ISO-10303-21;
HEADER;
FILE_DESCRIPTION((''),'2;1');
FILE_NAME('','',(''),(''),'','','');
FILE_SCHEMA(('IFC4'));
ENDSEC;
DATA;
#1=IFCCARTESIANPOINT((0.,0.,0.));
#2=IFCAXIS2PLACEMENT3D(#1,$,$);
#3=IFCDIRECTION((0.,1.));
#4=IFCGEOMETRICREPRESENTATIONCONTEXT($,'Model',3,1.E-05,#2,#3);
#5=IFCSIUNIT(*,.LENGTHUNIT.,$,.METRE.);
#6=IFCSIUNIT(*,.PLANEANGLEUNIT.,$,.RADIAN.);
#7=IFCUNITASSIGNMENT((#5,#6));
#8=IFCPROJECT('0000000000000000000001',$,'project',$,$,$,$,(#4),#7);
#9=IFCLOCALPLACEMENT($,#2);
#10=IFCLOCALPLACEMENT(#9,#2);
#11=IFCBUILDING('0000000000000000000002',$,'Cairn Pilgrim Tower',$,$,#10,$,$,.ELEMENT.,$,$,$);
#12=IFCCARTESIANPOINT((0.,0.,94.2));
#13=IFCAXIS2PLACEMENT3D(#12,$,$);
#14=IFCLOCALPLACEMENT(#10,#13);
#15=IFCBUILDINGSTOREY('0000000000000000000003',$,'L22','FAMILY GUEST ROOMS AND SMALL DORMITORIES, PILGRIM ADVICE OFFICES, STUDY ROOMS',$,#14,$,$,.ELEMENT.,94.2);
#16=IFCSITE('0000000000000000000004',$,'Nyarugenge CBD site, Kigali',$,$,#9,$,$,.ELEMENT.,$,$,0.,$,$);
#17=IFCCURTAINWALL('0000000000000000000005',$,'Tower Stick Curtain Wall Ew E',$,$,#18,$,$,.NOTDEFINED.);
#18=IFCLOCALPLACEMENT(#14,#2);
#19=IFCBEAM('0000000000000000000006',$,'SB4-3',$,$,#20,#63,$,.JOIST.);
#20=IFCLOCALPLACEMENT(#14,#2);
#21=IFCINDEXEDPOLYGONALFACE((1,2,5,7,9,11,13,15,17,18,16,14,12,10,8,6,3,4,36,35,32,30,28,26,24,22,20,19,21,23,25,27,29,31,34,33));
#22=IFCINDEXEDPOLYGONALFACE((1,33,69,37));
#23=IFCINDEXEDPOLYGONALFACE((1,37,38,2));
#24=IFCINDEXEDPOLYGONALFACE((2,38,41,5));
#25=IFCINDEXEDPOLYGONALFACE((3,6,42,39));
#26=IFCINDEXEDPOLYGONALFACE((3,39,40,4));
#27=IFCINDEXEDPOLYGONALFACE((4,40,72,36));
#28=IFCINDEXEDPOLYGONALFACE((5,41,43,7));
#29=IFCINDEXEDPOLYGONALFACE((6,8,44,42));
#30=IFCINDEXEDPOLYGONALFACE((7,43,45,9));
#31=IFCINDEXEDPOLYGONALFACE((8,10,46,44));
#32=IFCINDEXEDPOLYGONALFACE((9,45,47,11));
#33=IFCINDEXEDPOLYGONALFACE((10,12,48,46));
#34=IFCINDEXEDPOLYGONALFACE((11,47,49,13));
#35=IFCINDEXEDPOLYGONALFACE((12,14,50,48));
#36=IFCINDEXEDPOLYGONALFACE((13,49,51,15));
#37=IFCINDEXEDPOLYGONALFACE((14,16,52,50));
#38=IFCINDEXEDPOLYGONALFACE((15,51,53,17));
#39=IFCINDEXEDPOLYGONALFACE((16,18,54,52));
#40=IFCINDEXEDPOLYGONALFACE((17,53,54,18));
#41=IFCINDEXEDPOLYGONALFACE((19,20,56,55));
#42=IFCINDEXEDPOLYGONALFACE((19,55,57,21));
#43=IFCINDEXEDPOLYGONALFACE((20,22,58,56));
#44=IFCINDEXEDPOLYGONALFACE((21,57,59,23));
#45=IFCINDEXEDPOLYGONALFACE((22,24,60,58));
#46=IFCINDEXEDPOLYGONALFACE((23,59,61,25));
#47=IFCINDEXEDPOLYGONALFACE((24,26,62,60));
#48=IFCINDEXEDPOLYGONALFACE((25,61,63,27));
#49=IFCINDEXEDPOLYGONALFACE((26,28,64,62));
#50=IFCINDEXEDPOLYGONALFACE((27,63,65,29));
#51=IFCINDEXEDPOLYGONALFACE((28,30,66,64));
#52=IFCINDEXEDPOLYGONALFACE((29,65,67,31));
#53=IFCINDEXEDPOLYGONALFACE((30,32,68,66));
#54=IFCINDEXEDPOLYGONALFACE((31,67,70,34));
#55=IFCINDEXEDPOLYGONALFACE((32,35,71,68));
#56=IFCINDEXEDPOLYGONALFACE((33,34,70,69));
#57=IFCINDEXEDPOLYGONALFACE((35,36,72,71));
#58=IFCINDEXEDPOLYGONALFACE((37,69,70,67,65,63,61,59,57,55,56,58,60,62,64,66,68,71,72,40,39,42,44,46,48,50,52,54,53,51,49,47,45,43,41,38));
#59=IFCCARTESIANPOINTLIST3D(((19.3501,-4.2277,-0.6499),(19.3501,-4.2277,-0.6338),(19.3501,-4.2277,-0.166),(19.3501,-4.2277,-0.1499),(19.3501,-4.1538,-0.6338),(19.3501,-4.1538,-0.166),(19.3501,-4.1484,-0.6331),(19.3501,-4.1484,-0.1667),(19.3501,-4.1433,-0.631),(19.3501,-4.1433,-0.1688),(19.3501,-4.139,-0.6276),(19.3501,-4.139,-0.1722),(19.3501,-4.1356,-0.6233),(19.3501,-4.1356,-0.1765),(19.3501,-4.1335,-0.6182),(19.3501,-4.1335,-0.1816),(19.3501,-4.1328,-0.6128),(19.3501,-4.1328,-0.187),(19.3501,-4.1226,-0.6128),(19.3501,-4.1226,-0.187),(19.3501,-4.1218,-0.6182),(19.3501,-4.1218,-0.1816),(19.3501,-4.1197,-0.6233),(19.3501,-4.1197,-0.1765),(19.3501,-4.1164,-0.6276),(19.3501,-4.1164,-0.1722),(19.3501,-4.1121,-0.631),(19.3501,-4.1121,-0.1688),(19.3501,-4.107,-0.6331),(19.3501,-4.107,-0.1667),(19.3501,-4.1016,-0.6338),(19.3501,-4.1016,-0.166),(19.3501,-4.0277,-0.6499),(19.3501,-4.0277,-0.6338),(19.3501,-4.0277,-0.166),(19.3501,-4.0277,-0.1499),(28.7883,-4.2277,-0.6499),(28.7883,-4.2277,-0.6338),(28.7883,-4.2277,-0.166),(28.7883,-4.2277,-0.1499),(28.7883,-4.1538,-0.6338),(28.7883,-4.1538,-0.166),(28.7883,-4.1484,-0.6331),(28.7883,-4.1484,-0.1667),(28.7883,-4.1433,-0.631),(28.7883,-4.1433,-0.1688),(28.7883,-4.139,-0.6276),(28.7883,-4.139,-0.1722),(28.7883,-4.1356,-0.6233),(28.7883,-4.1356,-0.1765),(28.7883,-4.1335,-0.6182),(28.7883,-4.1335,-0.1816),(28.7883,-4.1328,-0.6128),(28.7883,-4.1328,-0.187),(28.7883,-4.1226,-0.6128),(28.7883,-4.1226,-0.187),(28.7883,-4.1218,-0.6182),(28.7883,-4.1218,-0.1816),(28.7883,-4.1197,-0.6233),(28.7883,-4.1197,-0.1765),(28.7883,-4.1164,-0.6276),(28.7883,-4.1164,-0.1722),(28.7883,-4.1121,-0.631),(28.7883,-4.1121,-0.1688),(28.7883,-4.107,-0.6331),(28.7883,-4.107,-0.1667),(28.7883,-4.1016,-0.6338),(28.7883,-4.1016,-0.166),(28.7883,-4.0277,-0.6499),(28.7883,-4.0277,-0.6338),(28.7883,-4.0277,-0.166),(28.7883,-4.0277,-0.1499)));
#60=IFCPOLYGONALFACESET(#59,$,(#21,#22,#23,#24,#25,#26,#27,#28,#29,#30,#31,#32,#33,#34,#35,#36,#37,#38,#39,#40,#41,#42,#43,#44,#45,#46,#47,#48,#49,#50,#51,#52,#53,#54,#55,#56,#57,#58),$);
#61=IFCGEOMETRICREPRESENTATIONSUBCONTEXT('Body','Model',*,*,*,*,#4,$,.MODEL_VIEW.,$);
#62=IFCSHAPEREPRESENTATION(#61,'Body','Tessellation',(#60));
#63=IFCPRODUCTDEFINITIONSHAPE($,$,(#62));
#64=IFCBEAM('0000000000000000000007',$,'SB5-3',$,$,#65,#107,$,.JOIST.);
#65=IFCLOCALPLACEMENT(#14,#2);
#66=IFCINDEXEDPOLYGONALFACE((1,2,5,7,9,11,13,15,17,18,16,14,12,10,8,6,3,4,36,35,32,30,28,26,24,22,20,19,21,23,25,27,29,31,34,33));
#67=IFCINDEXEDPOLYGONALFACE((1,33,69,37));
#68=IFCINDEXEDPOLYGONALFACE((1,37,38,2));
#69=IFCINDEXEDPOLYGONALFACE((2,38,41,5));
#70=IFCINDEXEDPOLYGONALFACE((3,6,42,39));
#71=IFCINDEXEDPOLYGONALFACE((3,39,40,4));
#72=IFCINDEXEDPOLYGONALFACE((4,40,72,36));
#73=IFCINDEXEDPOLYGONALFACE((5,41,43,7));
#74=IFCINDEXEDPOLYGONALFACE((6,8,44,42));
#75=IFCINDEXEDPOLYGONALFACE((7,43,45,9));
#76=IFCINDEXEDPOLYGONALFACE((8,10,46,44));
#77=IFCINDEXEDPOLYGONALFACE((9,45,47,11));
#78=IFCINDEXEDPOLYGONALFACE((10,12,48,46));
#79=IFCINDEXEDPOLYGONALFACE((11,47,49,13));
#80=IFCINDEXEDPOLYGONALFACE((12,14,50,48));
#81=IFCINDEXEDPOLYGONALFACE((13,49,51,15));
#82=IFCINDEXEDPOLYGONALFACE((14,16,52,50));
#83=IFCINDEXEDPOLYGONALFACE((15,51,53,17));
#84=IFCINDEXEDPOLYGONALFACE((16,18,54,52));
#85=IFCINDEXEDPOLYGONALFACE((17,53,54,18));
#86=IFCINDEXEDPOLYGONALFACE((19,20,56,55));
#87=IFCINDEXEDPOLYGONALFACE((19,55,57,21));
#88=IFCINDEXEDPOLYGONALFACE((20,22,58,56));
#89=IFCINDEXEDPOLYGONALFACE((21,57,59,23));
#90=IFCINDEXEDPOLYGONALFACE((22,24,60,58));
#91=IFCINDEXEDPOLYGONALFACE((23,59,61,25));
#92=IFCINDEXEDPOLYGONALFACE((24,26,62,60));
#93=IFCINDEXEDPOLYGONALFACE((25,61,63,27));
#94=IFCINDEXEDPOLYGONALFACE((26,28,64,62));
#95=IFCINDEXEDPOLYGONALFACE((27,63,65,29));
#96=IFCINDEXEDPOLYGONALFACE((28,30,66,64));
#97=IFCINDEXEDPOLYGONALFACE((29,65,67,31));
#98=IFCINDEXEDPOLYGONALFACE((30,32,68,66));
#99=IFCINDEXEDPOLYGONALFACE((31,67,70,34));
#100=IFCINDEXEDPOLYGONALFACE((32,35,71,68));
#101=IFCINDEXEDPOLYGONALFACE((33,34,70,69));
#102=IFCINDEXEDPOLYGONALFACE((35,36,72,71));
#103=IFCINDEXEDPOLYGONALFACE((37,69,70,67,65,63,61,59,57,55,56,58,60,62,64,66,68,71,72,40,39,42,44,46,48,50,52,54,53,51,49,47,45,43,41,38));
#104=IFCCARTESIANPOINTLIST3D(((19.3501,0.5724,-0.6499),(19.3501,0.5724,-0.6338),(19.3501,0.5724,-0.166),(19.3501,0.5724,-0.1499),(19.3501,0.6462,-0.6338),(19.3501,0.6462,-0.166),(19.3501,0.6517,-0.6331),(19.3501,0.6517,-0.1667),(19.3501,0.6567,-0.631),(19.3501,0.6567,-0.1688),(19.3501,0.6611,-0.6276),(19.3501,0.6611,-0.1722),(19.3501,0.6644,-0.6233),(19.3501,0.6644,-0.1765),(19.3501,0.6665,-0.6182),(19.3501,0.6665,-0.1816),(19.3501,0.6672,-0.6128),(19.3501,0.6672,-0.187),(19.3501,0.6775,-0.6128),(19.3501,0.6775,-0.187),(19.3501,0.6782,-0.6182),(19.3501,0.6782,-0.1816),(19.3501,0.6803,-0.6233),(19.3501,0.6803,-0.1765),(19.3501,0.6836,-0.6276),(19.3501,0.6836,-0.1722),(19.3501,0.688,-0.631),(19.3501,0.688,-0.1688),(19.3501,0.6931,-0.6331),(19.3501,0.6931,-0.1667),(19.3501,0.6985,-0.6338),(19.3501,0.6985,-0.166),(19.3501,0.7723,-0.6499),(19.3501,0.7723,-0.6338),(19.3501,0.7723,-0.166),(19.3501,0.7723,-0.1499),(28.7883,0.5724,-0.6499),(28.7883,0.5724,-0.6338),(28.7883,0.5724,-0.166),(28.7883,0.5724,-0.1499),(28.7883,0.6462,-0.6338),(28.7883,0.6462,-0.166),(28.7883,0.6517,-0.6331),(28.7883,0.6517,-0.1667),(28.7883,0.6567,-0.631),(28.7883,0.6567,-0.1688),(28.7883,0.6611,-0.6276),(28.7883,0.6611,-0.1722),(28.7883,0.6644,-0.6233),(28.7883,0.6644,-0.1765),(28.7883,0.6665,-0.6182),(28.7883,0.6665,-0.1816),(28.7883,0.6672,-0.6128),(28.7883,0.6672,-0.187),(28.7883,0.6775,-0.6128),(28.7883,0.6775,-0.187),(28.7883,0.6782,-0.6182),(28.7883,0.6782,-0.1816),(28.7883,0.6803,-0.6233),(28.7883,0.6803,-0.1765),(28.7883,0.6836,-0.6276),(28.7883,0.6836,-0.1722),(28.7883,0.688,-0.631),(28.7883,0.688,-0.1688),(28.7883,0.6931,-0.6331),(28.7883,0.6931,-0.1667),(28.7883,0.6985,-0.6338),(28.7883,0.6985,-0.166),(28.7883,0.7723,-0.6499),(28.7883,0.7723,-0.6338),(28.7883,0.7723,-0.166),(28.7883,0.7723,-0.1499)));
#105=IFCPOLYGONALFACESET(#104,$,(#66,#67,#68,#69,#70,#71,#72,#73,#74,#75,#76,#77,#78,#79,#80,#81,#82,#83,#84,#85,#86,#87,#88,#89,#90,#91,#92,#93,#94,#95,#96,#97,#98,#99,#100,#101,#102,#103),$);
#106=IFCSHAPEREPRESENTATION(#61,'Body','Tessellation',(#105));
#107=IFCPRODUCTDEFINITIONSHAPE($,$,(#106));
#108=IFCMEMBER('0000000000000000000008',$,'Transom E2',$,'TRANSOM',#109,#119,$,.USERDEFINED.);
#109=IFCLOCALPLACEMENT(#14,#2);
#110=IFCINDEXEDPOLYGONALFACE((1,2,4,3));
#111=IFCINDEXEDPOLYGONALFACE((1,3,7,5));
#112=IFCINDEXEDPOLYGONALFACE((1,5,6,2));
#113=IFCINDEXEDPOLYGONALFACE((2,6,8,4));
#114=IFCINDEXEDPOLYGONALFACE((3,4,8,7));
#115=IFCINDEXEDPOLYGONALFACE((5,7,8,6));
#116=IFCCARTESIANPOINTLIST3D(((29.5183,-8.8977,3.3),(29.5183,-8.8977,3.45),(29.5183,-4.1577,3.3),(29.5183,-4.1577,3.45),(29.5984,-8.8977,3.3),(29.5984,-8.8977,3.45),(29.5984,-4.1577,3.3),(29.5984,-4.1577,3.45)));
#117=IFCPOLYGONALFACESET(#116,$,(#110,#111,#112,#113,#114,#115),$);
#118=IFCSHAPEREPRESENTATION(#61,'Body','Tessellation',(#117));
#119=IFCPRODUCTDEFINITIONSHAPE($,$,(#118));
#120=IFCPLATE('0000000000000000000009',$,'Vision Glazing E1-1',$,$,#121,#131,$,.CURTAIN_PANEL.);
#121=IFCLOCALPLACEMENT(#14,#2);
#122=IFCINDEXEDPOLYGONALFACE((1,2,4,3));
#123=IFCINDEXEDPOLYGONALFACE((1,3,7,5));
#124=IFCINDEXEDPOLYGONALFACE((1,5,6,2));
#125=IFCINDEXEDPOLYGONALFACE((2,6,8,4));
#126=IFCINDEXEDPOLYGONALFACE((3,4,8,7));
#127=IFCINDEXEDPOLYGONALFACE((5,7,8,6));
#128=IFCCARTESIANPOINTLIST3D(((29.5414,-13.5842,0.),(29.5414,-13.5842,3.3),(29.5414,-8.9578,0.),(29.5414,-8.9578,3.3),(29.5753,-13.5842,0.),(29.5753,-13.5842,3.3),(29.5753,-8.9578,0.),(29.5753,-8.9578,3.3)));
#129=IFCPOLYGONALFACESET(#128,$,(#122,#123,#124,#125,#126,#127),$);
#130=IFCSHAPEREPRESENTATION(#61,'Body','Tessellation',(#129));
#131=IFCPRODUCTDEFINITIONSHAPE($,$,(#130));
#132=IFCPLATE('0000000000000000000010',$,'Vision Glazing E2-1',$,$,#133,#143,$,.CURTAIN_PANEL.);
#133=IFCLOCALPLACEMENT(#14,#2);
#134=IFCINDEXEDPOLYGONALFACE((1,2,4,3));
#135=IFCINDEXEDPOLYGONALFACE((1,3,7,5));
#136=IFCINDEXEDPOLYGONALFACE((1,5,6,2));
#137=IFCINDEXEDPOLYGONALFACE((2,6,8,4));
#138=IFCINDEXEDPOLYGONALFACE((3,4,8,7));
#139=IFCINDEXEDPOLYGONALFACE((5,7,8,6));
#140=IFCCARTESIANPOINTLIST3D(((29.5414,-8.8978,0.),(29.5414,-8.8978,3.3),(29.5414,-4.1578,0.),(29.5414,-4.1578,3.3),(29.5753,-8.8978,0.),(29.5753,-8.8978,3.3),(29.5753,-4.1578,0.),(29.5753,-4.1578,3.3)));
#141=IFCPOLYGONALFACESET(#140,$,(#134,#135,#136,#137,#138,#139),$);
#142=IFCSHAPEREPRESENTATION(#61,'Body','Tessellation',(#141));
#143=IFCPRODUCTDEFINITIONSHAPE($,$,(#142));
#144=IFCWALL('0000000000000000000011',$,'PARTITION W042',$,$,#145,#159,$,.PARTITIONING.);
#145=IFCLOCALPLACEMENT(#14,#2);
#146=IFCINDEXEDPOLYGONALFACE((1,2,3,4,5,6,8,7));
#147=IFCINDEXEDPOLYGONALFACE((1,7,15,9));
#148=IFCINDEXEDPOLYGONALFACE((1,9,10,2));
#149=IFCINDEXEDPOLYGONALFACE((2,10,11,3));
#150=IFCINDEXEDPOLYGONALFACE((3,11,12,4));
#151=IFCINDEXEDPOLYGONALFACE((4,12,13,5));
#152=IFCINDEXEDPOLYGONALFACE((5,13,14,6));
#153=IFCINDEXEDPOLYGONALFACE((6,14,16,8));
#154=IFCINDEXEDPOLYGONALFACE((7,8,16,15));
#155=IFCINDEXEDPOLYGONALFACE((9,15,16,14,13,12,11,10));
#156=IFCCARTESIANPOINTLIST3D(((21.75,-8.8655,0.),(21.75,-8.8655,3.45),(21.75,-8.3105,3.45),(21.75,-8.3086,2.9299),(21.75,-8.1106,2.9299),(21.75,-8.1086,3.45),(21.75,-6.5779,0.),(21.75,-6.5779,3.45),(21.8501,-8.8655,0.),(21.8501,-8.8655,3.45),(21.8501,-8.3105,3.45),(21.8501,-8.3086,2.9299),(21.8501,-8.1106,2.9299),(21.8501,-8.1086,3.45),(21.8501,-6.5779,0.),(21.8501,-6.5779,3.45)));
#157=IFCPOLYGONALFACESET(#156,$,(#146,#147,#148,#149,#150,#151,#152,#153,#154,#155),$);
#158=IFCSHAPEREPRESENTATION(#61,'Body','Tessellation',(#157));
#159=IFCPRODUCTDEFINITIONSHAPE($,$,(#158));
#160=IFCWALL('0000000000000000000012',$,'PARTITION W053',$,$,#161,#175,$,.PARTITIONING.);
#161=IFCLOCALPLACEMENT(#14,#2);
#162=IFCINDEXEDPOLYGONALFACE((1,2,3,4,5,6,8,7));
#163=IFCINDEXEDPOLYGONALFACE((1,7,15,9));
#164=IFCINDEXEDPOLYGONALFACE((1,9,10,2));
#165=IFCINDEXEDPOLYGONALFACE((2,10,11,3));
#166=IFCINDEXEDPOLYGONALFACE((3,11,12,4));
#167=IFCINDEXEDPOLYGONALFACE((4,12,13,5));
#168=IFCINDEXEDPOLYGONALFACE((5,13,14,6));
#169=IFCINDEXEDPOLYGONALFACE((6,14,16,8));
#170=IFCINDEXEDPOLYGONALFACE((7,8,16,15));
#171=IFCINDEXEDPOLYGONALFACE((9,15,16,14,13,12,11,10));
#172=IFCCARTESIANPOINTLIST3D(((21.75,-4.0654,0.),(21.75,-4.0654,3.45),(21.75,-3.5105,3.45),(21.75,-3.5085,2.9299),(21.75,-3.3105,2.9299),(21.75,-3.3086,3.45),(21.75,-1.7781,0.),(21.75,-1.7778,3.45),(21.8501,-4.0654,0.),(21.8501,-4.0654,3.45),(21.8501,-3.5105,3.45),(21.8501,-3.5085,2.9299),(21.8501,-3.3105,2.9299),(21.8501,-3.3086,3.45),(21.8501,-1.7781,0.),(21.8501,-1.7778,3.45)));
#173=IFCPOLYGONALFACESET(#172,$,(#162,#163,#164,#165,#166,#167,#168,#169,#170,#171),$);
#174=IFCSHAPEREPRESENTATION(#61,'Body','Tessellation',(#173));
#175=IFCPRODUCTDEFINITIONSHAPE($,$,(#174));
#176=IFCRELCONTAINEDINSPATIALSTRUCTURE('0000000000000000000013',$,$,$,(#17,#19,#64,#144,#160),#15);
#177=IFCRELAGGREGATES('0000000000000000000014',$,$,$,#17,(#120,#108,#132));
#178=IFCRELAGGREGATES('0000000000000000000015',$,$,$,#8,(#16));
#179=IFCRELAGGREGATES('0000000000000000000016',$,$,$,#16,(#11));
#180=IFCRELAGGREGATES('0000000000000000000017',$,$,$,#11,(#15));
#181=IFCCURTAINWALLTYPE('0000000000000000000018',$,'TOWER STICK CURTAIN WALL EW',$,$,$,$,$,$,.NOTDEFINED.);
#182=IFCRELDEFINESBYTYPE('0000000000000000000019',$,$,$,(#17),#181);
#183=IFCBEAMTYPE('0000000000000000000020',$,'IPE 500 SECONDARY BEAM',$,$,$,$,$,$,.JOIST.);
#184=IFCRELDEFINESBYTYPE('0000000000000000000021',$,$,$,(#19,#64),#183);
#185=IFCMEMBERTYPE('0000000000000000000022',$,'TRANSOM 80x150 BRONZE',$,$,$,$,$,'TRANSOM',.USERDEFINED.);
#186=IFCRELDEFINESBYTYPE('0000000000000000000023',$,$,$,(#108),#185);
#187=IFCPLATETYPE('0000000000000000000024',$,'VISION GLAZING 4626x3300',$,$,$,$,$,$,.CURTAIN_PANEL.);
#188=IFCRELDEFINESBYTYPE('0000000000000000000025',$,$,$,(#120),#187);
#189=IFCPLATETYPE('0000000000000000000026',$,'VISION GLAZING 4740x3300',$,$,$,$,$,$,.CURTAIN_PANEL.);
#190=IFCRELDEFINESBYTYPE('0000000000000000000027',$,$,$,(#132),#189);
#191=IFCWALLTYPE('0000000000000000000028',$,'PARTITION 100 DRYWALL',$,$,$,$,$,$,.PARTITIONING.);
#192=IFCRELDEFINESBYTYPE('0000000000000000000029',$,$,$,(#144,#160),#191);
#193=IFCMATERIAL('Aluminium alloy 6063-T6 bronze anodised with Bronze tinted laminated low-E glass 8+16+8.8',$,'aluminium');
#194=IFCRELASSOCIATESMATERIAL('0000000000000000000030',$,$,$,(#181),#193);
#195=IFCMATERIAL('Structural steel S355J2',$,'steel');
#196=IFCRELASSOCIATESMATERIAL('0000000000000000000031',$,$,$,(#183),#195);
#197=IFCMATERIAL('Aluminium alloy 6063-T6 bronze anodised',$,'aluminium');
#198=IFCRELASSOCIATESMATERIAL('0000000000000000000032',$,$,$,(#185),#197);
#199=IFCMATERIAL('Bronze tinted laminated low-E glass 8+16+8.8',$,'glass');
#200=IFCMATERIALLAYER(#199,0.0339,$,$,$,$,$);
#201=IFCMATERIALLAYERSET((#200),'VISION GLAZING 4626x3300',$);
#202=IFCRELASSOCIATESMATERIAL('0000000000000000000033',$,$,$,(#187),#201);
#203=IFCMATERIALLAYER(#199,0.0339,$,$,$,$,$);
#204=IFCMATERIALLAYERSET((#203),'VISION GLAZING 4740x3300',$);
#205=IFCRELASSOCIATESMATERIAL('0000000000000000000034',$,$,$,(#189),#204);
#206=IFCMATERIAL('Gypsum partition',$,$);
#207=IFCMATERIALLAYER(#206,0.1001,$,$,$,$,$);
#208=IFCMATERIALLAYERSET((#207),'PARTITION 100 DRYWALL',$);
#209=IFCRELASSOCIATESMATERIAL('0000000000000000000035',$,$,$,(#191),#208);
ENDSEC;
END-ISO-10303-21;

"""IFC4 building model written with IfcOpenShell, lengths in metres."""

from ifc_helpers import new_model, si_unit, direction, frame, origin, origin_2d, place, context, subcontext, project, spatial, polyline, rectangle, i_section, outline, extrude, material, layer, layer_set, material_profile, profile_set, type_object, element, aggregate, save


model = new_model("IFC4")

# Units and contexts
model_context = context("Model", 3, precision=1e-05, world=origin(), true_north=direction((0.0, 1.0)))
body_context = subcontext(model_context, "Body", "Model", "MODEL_VIEW")
ifc_project = project(units=[si_unit("LENGTHUNIT", "METRE"), si_unit("PLANEANGLEUNIT", "RADIAN")], contexts=[model_context])

# Site, building, storey
site_placement = place(None, origin())
site = spatial("IfcSite", under=ifc_project, at=site_placement, Name="Nyarugenge CBD site, Kigali", CompositionType="ELEMENT", RefElevation=0.0)
building_placement = place(site_placement, origin())
building = spatial("IfcBuilding", under=site, at=building_placement, Name="Cairn Pilgrim Tower", CompositionType="ELEMENT")
storey_placement = place(building_placement, frame((0.0, 0.0, 94.2)))
storey = spatial("IfcBuildingStorey", under=building, at=storey_placement, Name="L22", Description="FAMILY GUEST ROOMS AND SMALL DORMITORIES, PILGRIM ADVICE OFFICES, STUDY ROOMS", CompositionType="ELEMENT", Elevation=94.2)

# Curtain wall
ifc_material_1 = material(Name="Aluminium alloy 6063-T6 bronze anodised with Bronze tinted laminated low-E glass 8+16+8.8", Category="aluminium")
curtain_wall_type = type_object("IfcCurtainWallType", Name="TOWER STICK CURTAIN WALL EW", PredefinedType="NOTDEFINED", material=ifc_material_1)
curtain_wall_placement = place(storey_placement, origin())
curtain_wall = element("IfcCurtainWall", 1, at=curtain_wall_placement, inside=storey, type_object=curtain_wall_type, Name="Tower Stick Curtain Wall Ew E", PredefinedType="NOTDEFINED")
ifc_material_2 = material(Name="Aluminium alloy 6063-T6 bronze anodised", Category="aluminium")

# Beams
ifc_material_3 = material(Name="Structural steel S355J2", Category="steel")
ifc_material_profile_1 = material_profile(ifc_material_3, i_section(OverallWidth=0.2, OverallDepth=0.5, WebThickness=0.0103, FlangeThickness=0.0161, FilletRadius=0.021, at=origin_2d()), Name="IPE 500")
ifc_profile_set_1 = profile_set([ifc_material_profile_1], Name="Structural steel S355J2")
beam_type_1 = type_object("IfcBeamType", Name="IPE 500 SECONDARY BEAM", PredefinedType="JOIST", material=ifc_profile_set_1)
for number, where, z_axis, x_axis, name in (
    (2, (19.3501, -4.1277, -0.3999), (1.0, 0.0, 0.0), (0.0, 1.0, 0.0), "SB4-3"),
    (3, (19.3501, 0.6724, -0.3999), (1.0, 0.0, 0.0), (0.0, 1.0, 0.0), "SB5-3"),
):
    element("IfcBeam", number, at=place(storey_placement, frame(where, z_axis=z_axis, x_axis=x_axis)), inside=storey, type_object=beam_type_1, Name=name, PredefinedType="JOIST", context=body_context, shape_type="SweptSolid", body=[
        extrude(i_section(OverallWidth=0.2, OverallDepth=0.5, WebThickness=0.0103, FlangeThickness=0.0161, FilletRadius=0.021, at=origin_2d()), origin(), (0.0, 0.0, 1.0), 9.4382),
    ])

# Member
ifc_material_profile_2 = material_profile(ifc_material_2, rectangle(XDim=0.0801, YDim=0.1499, at=origin_2d()), Name="TRANSOM 80x150 BRONZE")
ifc_profile_set_2 = profile_set([ifc_material_profile_2], Name="Aluminium alloy 6063-T6 bronze anodised")
member_type_1 = type_object("IfcMemberType", Name="TRANSOM 80x150 BRONZE", ElementType="TRANSOM", PredefinedType="USERDEFINED", material=ifc_profile_set_2)
member_1_placement = place(storey_placement, frame((29.5583, -8.8977, 3.375), z_axis=(0.0, 1.0, 0.0), x_axis=(-1.0, 0.0, 0.0)))
member_1 = element("IfcMember", 4, at=member_1_placement, type_object=member_type_1, Name="Transom E2", ObjectType="TRANSOM", PredefinedType="USERDEFINED", context=body_context, shape_type="SweptSolid", body=[
    extrude(rectangle(XDim=0.0801, YDim=0.1499, at=origin_2d()), origin(), (0.0, 0.0, 1.0), 4.74),
])

# Plates
ifc_material_4 = material(Name="Bronze tinted laminated low-E glass 8+16+8.8", Category="glass")
ifc_layer_1 = layer(ifc_material_4, 0.0339)
ifc_layer_set_1 = layer_set([ifc_layer_1], Name="VISION GLAZING 4626x3300")
plate_type_1 = type_object("IfcPlateType", Name="VISION GLAZING 4626x3300", PredefinedType="CURTAIN_PANEL", material=ifc_layer_set_1)
plate_1_placement = place(storey_placement, frame((29.5583, -11.271, 0.0), z_axis=(0.0, 0.0, 1.0), x_axis=(0.0, 1.0, 0.0)))
plate_1 = element("IfcPlate", 5, at=plate_1_placement, type_object=plate_type_1, Name="Vision Glazing E1-1", PredefinedType="CURTAIN_PANEL", context=body_context, shape_type="SweptSolid", body=[
    extrude(rectangle(XDim=4.6265, YDim=0.0339, at=origin_2d()), origin(), (0.0, 0.0, 1.0), 3.3),
])
ifc_layer_2 = layer(ifc_material_4, 0.0339)
ifc_layer_set_2 = layer_set([ifc_layer_2], Name="VISION GLAZING 4740x3300")
plate_type_2 = type_object("IfcPlateType", Name="VISION GLAZING 4740x3300", PredefinedType="CURTAIN_PANEL", material=ifc_layer_set_2)
plate_2_placement = place(storey_placement, frame((29.5583, -6.5278, 0.0), z_axis=(0.0, 0.0, 1.0), x_axis=(0.0, 1.0, 0.0)))
plate_2 = element("IfcPlate", 6, at=plate_2_placement, type_object=plate_type_2, Name="Vision Glazing E2-1", PredefinedType="CURTAIN_PANEL", context=body_context, shape_type="SweptSolid", body=[
    extrude(rectangle(XDim=4.74, YDim=0.0339, at=origin_2d()), origin(), (0.0, 0.0, 1.0), 3.3),
])
aggregate(curtain_wall, [plate_1, member_1, plate_2])

# Walls
ifc_material_5 = material(Name="Gypsum partition")
ifc_layer_3 = layer(ifc_material_5, 0.1001)
ifc_layer_set_3 = layer_set([ifc_layer_3], Name="PARTITION 100 DRYWALL")
wall_type_1 = type_object("IfcWallType", Name="PARTITION 100 DRYWALL", PredefinedType="PARTITIONING", material=ifc_layer_set_3)
wall_1_placement = place(storey_placement, frame((21.8, -8.8655, 0.0), z_axis=(0.0, 0.0, 1.0), x_axis=(0.0, 1.0, 0.0)))
element("IfcWall", 7, at=wall_1_placement, inside=storey, type_object=wall_type_1, Name="PARTITION W042", PredefinedType="PARTITIONING", context=body_context, shape_type="SweptSolid", body=[
    extrude(outline(polyline([(0.0, 0.0), (2.2876, 0.0), (2.2876, 3.45), (0.7568, 3.45), (0.7549, 2.9299), (0.5569, 2.9299), (0.5549, 3.45), (0.0, 3.45), (0.0, 0.0)])), frame((0.0, 0.05, 0.0), z_axis=(0.0, -1.0, 0.0), x_axis=(1.0, 0.0, 0.0)), (0.0, 0.0, 1.0), 0.1001),
])
wall_2_placement = place(storey_placement, frame((21.8, -4.0654, 0.0), z_axis=(0.0, 0.0, 1.0), x_axis=(0.0, 1.0, 0.0)))
element("IfcWall", 8, at=wall_2_placement, inside=storey, type_object=wall_type_1, Name="PARTITION W053", PredefinedType="PARTITIONING", context=body_context, shape_type="SweptSolid", body=[
    extrude(outline(polyline([(0.0, 0.0), (2.2874, 0.0), (2.2876, 3.45), (0.7568, 3.45), (0.7549, 2.9299), (0.5569, 2.9299), (0.5549, 3.45), (0.0, 3.45), (0.0, 0.0)])), frame((0.0, 0.05, 0.0), z_axis=(0.0, -1.0, 0.0), x_axis=(1.0, 0.0, 0.0)), (0.0, 0.0, 1.0), 0.1001),
])

save(model, "model.ifc")
